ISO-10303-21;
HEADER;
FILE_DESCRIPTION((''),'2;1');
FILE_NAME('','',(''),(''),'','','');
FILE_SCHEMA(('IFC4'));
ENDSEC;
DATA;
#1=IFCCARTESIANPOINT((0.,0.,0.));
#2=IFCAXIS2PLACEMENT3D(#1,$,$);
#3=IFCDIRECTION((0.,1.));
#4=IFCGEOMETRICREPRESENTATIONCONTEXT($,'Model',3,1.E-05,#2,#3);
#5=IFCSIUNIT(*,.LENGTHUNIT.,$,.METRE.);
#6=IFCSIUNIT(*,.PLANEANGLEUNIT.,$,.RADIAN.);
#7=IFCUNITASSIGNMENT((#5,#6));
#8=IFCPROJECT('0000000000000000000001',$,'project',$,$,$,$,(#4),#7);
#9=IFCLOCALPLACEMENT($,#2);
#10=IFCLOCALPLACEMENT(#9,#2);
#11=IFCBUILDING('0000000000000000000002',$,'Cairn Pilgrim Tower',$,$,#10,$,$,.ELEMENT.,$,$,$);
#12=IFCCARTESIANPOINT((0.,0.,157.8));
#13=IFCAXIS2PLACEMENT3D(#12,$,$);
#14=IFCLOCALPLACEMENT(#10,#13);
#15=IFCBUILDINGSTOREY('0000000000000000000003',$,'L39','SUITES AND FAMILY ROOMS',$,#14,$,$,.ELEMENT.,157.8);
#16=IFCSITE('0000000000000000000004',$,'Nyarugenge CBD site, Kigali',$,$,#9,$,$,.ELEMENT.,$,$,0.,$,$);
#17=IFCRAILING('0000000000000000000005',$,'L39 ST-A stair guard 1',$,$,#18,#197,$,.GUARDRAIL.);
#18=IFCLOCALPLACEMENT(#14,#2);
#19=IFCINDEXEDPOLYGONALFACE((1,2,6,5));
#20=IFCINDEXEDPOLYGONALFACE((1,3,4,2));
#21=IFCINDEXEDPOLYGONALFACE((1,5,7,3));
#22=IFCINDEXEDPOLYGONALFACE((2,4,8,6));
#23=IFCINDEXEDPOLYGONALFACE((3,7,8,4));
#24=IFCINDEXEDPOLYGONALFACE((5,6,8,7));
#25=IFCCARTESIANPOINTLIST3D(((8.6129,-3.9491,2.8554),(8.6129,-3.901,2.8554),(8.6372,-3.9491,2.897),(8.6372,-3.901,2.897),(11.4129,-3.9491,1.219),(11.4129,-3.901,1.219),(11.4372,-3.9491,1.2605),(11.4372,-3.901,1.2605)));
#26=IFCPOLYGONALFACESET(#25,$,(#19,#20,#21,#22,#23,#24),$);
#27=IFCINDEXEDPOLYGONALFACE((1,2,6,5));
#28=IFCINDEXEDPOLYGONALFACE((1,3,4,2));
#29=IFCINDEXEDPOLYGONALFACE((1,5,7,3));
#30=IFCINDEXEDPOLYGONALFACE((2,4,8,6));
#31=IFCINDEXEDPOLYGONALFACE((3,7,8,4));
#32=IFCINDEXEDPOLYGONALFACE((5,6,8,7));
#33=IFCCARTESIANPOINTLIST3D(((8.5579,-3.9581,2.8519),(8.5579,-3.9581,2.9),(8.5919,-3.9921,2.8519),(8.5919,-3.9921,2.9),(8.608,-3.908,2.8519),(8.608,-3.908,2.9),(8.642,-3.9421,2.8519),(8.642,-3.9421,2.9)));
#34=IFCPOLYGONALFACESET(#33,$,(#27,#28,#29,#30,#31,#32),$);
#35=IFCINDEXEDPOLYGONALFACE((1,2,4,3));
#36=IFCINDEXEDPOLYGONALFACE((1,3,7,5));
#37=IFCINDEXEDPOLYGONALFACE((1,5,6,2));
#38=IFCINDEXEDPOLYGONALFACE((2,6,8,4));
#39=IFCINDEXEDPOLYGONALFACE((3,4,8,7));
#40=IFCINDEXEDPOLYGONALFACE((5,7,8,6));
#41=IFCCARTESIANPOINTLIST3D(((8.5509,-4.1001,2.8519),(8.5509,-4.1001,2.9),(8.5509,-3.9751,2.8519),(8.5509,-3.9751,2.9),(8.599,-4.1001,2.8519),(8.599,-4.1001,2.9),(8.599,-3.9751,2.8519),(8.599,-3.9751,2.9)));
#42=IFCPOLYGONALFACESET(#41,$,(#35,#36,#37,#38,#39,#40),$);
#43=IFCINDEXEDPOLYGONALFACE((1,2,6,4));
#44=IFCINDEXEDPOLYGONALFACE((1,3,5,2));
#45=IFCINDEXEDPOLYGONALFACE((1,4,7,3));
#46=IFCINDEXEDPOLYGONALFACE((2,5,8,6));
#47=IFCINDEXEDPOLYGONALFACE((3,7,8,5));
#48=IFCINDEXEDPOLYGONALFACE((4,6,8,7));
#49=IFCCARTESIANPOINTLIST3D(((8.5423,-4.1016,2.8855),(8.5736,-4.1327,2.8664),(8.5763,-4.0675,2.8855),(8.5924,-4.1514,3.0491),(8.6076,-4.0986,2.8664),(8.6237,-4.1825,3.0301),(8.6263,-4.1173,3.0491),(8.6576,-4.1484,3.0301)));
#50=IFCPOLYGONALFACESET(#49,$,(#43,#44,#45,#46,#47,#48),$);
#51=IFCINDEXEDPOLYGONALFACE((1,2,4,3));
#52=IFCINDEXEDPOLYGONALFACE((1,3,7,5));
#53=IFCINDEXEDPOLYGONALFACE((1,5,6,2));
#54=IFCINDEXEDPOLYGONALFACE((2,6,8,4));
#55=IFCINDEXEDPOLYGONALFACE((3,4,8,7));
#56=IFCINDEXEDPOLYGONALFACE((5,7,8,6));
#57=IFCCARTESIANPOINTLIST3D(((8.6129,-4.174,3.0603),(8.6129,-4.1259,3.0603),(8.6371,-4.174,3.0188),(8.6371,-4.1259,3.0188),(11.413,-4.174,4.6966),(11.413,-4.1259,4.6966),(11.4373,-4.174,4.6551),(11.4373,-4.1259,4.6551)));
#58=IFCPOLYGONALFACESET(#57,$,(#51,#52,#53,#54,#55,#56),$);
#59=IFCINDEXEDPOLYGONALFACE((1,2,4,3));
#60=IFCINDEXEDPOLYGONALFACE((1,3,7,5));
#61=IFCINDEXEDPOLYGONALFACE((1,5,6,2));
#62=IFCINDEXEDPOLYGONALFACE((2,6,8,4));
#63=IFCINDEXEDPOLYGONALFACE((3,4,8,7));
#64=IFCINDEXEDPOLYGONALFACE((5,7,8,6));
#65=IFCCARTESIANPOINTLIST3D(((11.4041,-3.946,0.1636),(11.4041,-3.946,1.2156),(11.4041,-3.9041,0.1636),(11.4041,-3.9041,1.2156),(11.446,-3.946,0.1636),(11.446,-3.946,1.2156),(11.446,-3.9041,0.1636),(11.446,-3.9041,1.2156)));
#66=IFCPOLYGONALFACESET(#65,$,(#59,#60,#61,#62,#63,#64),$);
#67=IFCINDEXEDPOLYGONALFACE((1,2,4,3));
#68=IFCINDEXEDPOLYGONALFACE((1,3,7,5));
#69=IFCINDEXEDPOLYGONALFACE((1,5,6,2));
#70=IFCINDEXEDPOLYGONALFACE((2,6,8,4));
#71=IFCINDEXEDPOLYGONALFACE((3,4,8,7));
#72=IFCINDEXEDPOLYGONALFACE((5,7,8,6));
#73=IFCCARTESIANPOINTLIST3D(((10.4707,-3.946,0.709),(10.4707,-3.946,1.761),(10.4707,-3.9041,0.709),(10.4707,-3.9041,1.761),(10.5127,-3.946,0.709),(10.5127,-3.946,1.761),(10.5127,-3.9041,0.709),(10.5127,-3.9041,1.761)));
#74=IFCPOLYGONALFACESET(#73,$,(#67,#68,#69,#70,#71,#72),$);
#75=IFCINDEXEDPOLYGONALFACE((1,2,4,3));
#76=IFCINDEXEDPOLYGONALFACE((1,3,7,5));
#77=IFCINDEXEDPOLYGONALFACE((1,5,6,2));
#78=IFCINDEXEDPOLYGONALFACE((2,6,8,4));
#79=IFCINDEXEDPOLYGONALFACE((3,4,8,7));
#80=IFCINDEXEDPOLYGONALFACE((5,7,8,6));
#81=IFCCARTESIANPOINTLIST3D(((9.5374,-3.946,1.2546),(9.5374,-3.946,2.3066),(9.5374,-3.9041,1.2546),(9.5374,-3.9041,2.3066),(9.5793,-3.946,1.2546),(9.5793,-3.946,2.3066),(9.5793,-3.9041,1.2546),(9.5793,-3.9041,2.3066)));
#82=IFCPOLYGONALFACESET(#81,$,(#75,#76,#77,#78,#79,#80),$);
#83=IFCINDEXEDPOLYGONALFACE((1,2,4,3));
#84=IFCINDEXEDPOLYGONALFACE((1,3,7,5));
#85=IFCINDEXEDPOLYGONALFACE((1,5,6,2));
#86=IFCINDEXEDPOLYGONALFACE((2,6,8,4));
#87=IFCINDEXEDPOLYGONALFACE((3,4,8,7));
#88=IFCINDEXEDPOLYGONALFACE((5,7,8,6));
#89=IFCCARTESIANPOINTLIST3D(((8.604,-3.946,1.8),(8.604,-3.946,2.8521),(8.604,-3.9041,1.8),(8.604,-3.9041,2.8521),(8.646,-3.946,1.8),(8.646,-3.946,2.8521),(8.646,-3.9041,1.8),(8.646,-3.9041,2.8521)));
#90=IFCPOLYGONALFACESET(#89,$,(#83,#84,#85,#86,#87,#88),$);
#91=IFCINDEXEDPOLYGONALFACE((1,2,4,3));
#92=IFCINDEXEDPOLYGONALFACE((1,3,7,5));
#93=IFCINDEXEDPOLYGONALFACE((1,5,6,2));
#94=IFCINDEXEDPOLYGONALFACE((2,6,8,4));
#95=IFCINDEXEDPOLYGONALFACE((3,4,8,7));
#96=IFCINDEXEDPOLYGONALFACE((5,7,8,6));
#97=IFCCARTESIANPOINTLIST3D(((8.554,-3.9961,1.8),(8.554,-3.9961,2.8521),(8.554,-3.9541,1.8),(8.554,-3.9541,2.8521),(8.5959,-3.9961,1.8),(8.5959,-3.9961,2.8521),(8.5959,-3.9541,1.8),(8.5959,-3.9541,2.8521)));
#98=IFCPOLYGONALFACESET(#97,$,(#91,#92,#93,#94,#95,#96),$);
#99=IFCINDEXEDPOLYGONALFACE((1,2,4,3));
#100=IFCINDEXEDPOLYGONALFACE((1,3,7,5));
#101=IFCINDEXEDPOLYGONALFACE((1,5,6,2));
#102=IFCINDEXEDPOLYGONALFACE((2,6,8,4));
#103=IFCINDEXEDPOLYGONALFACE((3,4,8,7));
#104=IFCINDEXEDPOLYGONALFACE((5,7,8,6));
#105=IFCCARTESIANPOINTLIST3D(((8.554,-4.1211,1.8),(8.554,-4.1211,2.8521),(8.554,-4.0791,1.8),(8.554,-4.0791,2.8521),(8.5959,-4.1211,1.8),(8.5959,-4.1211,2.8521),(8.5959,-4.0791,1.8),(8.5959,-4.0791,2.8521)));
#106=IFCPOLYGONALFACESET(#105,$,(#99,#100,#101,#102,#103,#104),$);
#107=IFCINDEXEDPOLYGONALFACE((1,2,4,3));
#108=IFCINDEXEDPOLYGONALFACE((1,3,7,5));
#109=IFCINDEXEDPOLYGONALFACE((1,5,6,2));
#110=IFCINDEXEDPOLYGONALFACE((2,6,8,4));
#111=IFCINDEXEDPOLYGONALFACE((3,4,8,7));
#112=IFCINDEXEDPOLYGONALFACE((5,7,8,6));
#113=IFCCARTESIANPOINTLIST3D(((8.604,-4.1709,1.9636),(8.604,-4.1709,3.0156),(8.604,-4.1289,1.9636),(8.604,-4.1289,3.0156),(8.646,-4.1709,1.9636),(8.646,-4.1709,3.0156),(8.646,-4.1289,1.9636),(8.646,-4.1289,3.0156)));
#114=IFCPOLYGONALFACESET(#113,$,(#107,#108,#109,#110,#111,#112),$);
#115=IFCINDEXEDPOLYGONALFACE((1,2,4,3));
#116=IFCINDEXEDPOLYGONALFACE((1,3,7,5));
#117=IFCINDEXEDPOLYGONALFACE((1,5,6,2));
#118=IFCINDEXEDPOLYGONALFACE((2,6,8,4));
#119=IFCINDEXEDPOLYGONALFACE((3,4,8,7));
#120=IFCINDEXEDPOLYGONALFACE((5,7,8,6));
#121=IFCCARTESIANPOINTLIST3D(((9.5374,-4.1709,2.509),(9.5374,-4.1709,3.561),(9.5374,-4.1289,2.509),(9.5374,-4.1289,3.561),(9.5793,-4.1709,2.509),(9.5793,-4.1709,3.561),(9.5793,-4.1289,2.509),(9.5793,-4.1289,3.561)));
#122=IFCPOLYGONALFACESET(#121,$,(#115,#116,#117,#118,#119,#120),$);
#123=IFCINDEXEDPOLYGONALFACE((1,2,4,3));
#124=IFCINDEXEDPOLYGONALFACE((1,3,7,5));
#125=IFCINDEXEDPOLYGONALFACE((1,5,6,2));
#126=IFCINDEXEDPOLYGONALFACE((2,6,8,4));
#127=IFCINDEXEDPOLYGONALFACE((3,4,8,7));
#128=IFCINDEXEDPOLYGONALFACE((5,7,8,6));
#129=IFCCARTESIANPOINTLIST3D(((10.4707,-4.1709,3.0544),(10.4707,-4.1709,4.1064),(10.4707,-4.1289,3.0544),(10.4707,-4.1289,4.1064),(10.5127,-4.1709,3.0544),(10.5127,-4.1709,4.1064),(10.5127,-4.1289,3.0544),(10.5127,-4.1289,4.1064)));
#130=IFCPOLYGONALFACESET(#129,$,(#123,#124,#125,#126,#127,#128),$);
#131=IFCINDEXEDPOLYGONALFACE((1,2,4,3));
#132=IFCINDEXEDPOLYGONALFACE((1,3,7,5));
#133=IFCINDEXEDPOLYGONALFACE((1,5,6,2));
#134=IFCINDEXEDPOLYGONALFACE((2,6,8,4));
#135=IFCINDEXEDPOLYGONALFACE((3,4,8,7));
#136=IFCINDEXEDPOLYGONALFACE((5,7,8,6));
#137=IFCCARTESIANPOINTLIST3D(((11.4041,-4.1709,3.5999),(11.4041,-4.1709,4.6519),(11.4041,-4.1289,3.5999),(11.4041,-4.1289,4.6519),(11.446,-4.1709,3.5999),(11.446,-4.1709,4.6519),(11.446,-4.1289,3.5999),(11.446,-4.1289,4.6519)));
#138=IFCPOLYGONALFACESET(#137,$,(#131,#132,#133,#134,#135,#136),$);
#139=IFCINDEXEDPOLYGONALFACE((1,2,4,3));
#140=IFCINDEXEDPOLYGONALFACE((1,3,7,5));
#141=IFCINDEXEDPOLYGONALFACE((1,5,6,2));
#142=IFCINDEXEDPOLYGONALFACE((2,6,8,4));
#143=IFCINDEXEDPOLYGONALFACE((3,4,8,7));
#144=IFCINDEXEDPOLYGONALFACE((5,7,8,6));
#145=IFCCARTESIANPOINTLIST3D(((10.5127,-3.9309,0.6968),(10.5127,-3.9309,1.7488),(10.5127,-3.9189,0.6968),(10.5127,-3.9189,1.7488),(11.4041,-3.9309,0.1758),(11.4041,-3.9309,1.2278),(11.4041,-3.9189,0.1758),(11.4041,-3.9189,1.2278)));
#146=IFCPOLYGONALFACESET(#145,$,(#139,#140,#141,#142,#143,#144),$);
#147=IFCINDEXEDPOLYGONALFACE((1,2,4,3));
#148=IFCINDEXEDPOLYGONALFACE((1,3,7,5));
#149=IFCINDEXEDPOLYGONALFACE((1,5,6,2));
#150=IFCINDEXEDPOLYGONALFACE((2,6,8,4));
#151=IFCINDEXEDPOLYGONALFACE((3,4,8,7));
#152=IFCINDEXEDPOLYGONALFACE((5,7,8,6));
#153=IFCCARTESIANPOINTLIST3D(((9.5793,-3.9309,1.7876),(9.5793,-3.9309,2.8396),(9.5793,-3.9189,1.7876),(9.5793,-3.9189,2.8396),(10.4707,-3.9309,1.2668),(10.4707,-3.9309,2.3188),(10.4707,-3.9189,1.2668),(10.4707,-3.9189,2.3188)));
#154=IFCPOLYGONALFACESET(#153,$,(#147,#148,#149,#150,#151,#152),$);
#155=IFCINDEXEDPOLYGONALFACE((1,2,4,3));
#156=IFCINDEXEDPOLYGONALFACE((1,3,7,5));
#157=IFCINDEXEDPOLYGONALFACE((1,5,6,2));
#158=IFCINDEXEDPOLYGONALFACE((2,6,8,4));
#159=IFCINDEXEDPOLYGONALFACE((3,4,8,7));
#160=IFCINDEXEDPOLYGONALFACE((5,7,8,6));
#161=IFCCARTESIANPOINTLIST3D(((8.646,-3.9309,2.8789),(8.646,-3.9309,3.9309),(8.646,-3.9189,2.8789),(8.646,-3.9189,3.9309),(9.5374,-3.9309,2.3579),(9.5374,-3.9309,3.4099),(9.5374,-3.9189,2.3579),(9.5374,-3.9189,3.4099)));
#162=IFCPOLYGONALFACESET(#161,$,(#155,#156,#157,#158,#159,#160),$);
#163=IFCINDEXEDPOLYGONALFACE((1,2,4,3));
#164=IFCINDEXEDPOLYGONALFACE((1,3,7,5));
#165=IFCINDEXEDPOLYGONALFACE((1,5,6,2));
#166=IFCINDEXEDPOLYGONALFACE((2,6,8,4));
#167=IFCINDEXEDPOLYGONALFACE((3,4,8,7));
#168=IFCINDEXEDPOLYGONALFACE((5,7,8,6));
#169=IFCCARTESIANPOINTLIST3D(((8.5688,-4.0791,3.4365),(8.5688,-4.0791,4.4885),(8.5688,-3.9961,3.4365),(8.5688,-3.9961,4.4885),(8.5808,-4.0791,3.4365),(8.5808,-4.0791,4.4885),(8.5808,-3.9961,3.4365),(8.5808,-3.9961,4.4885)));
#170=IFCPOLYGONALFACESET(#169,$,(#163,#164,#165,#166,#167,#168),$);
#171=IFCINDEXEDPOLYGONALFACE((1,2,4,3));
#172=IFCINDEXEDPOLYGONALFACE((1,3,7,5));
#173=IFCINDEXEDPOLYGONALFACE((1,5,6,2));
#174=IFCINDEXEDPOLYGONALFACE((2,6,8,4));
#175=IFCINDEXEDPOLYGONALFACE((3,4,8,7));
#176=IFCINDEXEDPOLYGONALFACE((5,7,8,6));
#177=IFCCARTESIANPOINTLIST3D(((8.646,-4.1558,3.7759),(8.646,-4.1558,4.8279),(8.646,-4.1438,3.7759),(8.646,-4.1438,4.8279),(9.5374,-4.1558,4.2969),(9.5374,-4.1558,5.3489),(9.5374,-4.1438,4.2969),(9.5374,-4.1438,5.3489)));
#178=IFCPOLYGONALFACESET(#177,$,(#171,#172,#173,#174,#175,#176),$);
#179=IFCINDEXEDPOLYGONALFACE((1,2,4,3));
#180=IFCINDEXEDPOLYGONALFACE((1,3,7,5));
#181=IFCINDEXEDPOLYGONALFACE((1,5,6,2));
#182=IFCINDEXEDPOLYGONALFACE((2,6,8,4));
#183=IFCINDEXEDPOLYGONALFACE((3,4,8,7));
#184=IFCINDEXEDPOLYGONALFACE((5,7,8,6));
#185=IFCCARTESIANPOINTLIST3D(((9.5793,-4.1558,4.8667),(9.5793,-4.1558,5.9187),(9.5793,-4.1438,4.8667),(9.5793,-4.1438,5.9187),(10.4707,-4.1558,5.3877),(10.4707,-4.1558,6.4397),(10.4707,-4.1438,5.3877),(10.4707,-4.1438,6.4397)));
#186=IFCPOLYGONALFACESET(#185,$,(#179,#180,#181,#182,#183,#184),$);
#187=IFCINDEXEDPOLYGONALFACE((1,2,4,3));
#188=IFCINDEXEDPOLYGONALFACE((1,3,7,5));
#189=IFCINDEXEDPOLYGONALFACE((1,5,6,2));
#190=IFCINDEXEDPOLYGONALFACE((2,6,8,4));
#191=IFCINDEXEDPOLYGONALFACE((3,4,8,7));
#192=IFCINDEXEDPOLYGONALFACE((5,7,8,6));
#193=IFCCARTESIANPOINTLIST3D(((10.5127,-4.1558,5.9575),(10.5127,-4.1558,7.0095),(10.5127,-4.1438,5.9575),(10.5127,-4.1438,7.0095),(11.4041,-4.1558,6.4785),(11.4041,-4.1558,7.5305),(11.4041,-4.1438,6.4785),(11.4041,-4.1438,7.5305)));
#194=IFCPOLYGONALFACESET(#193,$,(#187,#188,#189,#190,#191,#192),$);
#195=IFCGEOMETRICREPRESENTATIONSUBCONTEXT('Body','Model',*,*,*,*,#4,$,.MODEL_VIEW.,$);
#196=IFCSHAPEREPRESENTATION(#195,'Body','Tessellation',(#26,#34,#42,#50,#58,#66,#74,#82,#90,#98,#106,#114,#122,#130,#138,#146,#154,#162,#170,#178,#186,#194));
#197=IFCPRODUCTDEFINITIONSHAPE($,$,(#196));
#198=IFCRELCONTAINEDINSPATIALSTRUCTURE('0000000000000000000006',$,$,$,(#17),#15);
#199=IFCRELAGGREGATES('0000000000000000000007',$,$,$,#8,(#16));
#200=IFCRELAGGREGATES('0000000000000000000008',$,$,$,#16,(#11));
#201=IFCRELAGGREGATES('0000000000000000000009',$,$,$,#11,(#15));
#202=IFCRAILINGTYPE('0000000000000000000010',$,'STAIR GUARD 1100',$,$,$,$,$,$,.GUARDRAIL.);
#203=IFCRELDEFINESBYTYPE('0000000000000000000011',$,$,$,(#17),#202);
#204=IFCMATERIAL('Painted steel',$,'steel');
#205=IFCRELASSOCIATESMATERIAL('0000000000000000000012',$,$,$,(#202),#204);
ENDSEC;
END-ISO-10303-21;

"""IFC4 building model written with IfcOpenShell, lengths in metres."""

from ifc_helpers import new_model, si_unit, direction, frame, origin, origin_2d, place, context, subcontext, project, spatial, polyline, rectangle, outline, extrude, material, type_object, element, save


model = new_model("IFC4")

# Units and contexts
model_context = context("Model", 3, precision=1e-05, world=origin(), true_north=direction((0.0, 1.0)))
body_context = subcontext(model_context, "Body", "Model", "MODEL_VIEW")
ifc_project = project(units=[si_unit("LENGTHUNIT", "METRE"), si_unit("PLANEANGLEUNIT", "RADIAN")], contexts=[model_context])

# Site, building, storey
site_placement = place(None, origin())
site = spatial("IfcSite", under=ifc_project, at=site_placement, Name="Nyarugenge CBD site, Kigali", CompositionType="ELEMENT", RefElevation=0.0)
building_placement = place(site_placement, origin())
building = spatial("IfcBuilding", under=site, at=building_placement, Name="Cairn Pilgrim Tower", CompositionType="ELEMENT")
storey_placement = place(building_placement, frame((0.0, 0.0, 157.8)))
storey = spatial("IfcBuildingStorey", under=building, at=storey_placement, Name="L39", Description="SUITES AND FAMILY ROOMS", CompositionType="ELEMENT", Elevation=157.8)

# Railing
ifc_material_1 = material(Name="Painted steel", Category="steel")
railing_type_1 = type_object("IfcRailingType", Name="STAIR GUARD 1100", PredefinedType="GUARDRAIL", material=ifc_material_1)
railing_1_placement = place(storey_placement, frame((11.425, -3.925, 0.1636)))
element("IfcRailing", 1, at=railing_1_placement, inside=storey, type_object=railing_type_1, Name="L39 ST-A stair guard 1", PredefinedType="GUARDRAIL", context=body_context, shape_type="SweptSolid", body=[
    extrude(rectangle(XDim=0.0481, YDim=0.0481, at=origin_2d()), frame((0.0, 0.0, 1.0762), z_axis=(-0.863361, 0.0, 0.504587), x_axis=(0.0, -1.0, 0.0)), (0.0, 0.0, 1.0), 3.2432),
    extrude(rectangle(XDim=0.0481, YDim=0.0481, at=origin_2d()), frame((-2.8, 0.0, 2.7124), z_axis=(-0.707107, -0.707107, 0.0), x_axis=(0.707107, -0.707107, 0.0)), (0.0, 0.0, 1.0), 0.0708),
    extrude(rectangle(XDim=0.0481, YDim=0.0481, at=origin_2d()), frame((-2.8501, -0.05, 2.7124), z_axis=(0.0, -1.0, 0.0), x_axis=(1.0, 0.0, 0.0)), (0.0, 0.0, 1.0), 0.125),
    extrude(rectangle(XDim=0.0481, YDim=0.0481, at=origin_2d()), frame((-2.8501, -0.175, 2.7124), z_axis=(0.280917, -0.279546, 0.918118), x_axis=(0.705376, 0.708834, 0.0)), (0.0, 0.0, 1.0), 0.1782),
    extrude(rectangle(XDim=0.0481, YDim=0.0481, at=origin_2d()), frame((-2.8, -0.2249, 2.876), z_axis=(0.863394, 0.0, 0.504531), x_axis=(0.0, 1.0, 0.0)), (0.0, 0.0, 1.0), 3.2432),
    extrude(rectangle(XDim=0.042, YDim=0.042, at=origin_2d()), origin(), (0.0, 0.0, 1.0), 1.052),
    extrude(rectangle(XDim=0.042, YDim=0.042, at=origin_2d()), frame((-0.9333, 0.0, 0.5454)), (0.0, 0.0, 1.0), 1.052),
    extrude(rectangle(XDim=0.042, YDim=0.042, at=origin_2d()), frame((-1.8667, 0.0, 1.0911)), (0.0, 0.0, 1.0), 1.052),
    extrude(rectangle(XDim=0.042, YDim=0.042, at=origin_2d()), frame((-2.8, 0.0, 1.6365)), (0.0, 0.0, 1.0), 1.052),
    extrude(rectangle(XDim=0.042, YDim=0.042, at=origin_2d()), frame((-2.8501, -0.05, 1.6365)), (0.0, 0.0, 1.0), 1.052),
    extrude(rectangle(XDim=0.042, YDim=0.042, at=origin_2d()), frame((-2.8501, -0.175, 1.6365)), (0.0, 0.0, 1.0), 1.052),
    extrude(rectangle(XDim=0.042, YDim=0.042, at=origin_2d()), frame((-2.8, -0.2249, 1.8)), (0.0, 0.0, 1.0), 1.052),
    extrude(rectangle(XDim=0.042, YDim=0.042, at=origin_2d()), frame((-1.8667, -0.2249, 2.3455)), (0.0, 0.0, 1.0), 1.052),
    extrude(rectangle(XDim=0.042, YDim=0.042, at=origin_2d()), frame((-0.9333, -0.2249, 2.8909)), (0.0, 0.0, 1.0), 1.052),
    extrude(rectangle(XDim=0.042, YDim=0.042, at=origin_2d()), frame((0.0, -0.2249, 3.4363)), (0.0, 0.0, 1.0), 1.052),
    extrude(outline(polyline([(0.021, 0.0122), (0.9124, 0.5332), (0.9124, 1.5852), (0.021, 1.0642), (0.021, 0.0122)])), frame((0.0, -0.0059, 0.0), z_axis=(0.0, 1.0, 0.0), x_axis=(-1.0, 0.0, 0.0)), (0.0, 0.0, 1.0), 0.012),
    extrude(outline(polyline([(0.021, 0.5579), (0.9124, 1.0786), (0.9124, 2.1306), (0.021, 1.6099), (0.021, 0.5579)])), frame((-0.9333, -0.0059, 0.5454), z_axis=(0.0, 1.0, 0.0), x_axis=(-1.0, 0.0, 0.0)), (0.0, 0.0, 1.0), 0.012),
    extrude(outline(polyline([(0.021, 1.1033), (0.9124, 1.6243), (0.9124, 2.6763), (0.021, 2.1553), (0.021, 1.1033)])), frame((-1.8667, -0.0059, 1.0911), z_axis=(0.0, 1.0, 0.0), x_axis=(-1.0, 0.0, 0.0)), (0.0, 0.0, 1.0), 0.012),
    extrude(outline(polyline([(0.021, 1.6365), (0.104, 1.6365), (0.104, 2.6885), (0.021, 2.6885), (0.021, 1.6365)])), frame((-2.8442, -0.05, 1.6365), z_axis=(-1.0, 0.0, 0.0), x_axis=(0.0, -1.0, 0.0)), (0.0, 0.0, 1.0), 0.012),
    extrude(outline(polyline([(0.021, 1.8123), (0.9124, 2.3333), (0.9124, 3.3853), (0.021, 2.8643), (0.021, 1.8123)])), frame((-2.8, -0.2188, 1.8), z_axis=(0.0, -1.0, 0.0), x_axis=(1.0, 0.0, 0.0)), (0.0, 0.0, 1.0), 0.012),
    extrude(outline(polyline([(0.021, 2.3577), (0.9124, 2.8787), (0.9124, 3.9307), (0.021, 3.4097), (0.021, 2.3577)])), frame((-1.8667, -0.2188, 2.3455), z_axis=(0.0, -1.0, 0.0), x_axis=(1.0, 0.0, 0.0)), (0.0, 0.0, 1.0), 0.012),
    extrude(outline(polyline([(0.021, 2.9031), (0.9124, 3.4241), (0.9124, 4.4761), (0.021, 3.9551), (0.021, 2.9031)])), frame((-0.9333, -0.2188, 2.8909), z_axis=(0.0, -1.0, 0.0), x_axis=(1.0, 0.0, 0.0)), (0.0, 0.0, 1.0), 0.012),
])

save(model, "model.ifc")
